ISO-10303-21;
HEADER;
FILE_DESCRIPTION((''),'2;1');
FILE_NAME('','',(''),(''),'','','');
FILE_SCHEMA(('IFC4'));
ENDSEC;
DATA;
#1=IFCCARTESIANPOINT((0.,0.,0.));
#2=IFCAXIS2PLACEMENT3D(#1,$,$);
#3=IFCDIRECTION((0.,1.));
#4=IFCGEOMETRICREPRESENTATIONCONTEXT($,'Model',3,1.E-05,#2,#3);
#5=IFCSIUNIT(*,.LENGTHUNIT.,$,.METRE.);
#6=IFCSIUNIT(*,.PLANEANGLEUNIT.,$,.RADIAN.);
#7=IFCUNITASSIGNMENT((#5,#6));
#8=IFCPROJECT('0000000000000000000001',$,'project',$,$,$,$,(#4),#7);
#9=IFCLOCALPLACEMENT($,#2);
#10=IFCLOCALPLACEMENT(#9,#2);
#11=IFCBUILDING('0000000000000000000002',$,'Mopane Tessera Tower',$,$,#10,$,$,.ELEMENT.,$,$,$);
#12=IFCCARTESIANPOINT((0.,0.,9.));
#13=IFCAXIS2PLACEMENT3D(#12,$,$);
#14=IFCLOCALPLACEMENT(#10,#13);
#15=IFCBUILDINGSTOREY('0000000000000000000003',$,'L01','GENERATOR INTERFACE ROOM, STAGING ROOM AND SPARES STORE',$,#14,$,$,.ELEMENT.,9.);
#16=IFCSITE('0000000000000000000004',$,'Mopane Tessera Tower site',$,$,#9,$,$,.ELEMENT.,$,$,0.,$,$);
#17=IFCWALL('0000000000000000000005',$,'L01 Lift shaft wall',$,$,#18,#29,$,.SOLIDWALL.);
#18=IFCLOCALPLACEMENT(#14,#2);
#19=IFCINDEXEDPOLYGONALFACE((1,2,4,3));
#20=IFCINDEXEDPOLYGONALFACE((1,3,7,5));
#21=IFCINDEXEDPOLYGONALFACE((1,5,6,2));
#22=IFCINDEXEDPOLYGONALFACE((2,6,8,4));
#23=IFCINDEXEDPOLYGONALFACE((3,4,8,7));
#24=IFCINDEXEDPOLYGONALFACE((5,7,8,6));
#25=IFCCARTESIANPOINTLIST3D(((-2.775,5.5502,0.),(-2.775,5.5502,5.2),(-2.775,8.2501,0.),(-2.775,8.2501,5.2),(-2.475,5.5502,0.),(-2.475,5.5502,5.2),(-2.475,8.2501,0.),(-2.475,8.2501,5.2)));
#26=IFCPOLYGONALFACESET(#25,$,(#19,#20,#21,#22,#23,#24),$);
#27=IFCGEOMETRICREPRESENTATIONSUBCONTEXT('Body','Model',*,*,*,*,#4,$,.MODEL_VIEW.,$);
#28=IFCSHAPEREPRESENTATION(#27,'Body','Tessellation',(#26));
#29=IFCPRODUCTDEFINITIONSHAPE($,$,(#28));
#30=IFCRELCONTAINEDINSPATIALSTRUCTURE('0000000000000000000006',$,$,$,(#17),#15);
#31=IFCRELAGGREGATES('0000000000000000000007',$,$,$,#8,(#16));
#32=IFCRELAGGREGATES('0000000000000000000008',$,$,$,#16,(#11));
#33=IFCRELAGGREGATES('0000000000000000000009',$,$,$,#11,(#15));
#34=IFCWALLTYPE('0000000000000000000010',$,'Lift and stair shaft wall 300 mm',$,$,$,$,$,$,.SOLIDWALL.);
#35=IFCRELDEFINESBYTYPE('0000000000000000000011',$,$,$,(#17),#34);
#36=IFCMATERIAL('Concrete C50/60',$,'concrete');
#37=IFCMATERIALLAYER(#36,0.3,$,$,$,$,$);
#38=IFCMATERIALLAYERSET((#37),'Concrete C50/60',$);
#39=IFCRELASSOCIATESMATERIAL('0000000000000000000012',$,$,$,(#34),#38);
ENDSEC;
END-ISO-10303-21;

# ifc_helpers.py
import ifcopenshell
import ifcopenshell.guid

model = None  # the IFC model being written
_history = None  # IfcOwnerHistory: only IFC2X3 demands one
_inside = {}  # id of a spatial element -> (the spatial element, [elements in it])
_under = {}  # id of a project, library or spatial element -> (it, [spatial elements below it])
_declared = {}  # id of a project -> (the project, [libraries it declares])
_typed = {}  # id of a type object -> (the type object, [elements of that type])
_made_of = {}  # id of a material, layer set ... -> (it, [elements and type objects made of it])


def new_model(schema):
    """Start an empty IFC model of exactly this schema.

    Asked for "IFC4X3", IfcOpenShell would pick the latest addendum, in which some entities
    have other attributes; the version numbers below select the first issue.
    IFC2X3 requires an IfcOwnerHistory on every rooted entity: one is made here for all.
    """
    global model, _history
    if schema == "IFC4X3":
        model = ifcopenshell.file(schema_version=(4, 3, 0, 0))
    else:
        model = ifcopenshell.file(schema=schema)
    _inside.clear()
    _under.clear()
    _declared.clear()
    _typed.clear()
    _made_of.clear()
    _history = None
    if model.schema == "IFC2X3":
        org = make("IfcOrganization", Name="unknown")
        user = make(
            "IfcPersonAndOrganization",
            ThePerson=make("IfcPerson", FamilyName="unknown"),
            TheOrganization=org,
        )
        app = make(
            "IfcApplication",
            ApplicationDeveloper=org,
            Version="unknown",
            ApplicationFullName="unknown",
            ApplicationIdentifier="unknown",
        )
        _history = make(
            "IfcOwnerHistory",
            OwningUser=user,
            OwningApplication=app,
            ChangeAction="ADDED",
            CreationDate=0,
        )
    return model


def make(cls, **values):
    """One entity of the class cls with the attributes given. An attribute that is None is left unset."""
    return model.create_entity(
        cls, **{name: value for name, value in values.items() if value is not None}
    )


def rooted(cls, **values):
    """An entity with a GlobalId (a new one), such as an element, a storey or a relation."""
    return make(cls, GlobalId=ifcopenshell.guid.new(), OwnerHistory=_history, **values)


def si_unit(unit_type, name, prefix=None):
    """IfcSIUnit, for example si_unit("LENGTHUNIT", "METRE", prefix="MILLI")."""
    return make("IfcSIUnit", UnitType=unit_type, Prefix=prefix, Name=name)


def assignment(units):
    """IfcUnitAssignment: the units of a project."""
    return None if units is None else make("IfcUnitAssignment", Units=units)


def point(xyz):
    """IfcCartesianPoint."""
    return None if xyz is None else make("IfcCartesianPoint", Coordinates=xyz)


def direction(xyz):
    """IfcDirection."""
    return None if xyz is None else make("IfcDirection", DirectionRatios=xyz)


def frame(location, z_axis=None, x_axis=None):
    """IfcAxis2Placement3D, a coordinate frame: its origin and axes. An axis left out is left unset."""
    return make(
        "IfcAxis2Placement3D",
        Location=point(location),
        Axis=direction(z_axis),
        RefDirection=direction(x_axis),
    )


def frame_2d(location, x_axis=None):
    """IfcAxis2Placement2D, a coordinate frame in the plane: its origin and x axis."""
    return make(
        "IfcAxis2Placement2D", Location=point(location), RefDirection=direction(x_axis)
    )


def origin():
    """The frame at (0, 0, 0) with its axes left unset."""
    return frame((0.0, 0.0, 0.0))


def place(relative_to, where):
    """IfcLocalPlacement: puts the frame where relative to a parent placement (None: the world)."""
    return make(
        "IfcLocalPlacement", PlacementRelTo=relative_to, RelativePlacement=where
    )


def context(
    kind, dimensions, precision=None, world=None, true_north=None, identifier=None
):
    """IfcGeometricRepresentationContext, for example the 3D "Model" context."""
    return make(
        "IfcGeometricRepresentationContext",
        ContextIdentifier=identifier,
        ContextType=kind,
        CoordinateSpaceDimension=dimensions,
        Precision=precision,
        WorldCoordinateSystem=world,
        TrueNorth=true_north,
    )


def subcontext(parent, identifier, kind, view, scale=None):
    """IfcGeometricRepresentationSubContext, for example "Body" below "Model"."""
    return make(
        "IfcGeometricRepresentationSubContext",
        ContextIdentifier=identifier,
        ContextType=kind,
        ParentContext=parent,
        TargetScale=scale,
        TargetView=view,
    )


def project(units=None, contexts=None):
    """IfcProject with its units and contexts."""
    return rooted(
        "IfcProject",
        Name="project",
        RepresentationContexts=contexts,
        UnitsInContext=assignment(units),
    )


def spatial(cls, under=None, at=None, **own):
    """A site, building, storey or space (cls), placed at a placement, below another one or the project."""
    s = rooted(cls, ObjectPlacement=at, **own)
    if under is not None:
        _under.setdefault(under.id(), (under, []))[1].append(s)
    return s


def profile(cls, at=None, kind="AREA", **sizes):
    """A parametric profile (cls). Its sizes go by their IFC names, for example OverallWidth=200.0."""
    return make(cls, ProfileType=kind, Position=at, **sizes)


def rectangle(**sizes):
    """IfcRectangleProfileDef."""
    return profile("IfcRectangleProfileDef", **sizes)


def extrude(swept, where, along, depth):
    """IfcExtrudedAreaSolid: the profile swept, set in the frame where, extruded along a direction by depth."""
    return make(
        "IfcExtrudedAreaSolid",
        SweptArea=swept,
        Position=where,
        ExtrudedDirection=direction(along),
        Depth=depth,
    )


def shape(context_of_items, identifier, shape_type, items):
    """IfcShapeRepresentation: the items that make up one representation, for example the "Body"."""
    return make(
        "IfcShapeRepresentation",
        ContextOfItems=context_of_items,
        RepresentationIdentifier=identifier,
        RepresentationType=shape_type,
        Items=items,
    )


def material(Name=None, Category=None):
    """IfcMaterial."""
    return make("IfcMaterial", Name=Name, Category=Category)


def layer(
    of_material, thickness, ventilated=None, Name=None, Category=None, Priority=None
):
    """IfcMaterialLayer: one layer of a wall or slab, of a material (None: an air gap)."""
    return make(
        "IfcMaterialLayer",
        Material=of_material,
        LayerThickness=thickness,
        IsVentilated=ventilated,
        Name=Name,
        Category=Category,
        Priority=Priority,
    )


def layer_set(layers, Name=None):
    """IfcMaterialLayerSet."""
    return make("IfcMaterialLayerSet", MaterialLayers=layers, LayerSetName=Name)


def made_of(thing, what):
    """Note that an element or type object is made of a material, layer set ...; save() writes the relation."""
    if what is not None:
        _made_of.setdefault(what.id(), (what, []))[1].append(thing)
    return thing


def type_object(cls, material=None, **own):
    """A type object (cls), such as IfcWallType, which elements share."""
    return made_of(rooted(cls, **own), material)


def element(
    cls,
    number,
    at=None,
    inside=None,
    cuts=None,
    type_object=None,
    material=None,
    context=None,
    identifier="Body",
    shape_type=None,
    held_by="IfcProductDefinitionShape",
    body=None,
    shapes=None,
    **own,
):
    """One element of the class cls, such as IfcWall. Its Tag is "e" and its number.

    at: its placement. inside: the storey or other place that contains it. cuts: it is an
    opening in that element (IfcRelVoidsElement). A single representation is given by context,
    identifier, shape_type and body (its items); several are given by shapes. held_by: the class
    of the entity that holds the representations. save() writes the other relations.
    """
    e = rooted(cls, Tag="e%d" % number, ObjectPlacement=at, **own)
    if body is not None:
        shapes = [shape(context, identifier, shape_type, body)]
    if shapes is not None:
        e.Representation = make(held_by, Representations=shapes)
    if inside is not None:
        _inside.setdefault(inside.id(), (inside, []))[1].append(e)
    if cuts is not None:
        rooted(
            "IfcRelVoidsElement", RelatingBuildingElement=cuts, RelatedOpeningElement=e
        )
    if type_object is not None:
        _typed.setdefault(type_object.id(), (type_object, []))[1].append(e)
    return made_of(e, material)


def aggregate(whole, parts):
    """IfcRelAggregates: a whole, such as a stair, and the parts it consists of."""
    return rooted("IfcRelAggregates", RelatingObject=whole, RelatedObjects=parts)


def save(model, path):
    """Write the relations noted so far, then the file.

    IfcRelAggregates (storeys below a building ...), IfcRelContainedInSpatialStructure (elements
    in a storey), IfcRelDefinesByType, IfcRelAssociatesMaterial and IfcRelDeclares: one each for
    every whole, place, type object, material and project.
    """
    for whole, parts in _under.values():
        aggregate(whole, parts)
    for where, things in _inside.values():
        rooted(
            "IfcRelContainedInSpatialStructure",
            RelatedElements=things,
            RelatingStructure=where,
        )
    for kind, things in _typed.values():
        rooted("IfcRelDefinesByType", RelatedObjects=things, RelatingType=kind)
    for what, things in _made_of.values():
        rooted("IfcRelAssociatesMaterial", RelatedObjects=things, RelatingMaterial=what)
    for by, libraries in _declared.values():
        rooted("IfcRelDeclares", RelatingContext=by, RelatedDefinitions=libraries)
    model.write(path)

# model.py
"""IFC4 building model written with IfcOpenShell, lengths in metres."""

from ifc_helpers import new_model, si_unit, direction, frame, frame_2d, origin, place, context, subcontext, project, spatial, rectangle, extrude, material, layer, layer_set, type_object, element, save


model = new_model("IFC4")

# Units and contexts
model_context = context("Model", 3, precision=1e-05, world=origin(), true_north=direction((0.0, 1.0)))
body_context = subcontext(model_context, "Body", "Model", "MODEL_VIEW")
ifc_project = project(units=[si_unit("LENGTHUNIT", "METRE"), si_unit("PLANEANGLEUNIT", "RADIAN")], contexts=[model_context])

# Site, building, storey
site_placement = place(None, origin())
site = spatial("IfcSite", under=ifc_project, at=site_placement, Name="Mopane Tessera Tower site", CompositionType="ELEMENT", RefElevation=0.0)
building_placement = place(site_placement, origin())
building = spatial("IfcBuilding", under=site, at=building_placement, Name="Mopane Tessera Tower", CompositionType="ELEMENT")
storey_placement = place(building_placement, frame((0.0, 0.0, 9.0)))
storey = spatial("IfcBuildingStorey", under=building, at=storey_placement, Name="L01", Description="GENERATOR INTERFACE ROOM, STAGING ROOM AND SPARES STORE", CompositionType="ELEMENT", Elevation=9.0)

# Wall
ifc_material_1 = material(Name="Concrete C50/60", Category="concrete")
ifc_layer_1 = layer(ifc_material_1, 0.3)
ifc_layer_set_1 = layer_set([ifc_layer_1], Name="Concrete C50/60")
wall_type = type_object("IfcWallType", Name="Lift and stair shaft wall 300 mm", PredefinedType="SOLIDWALL", material=ifc_layer_set_1)
wall_placement = place(storey_placement, frame((-2.625, 5.55, 0.0), z_axis=(0.0, 0.0, 1.0), x_axis=(0.0, 1.0, 0.0)))
element("IfcWall", 1, at=wall_placement, inside=storey, type_object=wall_type, Name="L01 Lift shaft wall", PredefinedType="SOLIDWALL", context=body_context, shape_type="SweptSolid", body=[
    extrude(rectangle(XDim=2.7, YDim=0.3, at=frame_2d((1.3501, 0.0))), origin(), (0.0, 0.0, 1.0), 5.2),
])

save(model, "model.ifc")
